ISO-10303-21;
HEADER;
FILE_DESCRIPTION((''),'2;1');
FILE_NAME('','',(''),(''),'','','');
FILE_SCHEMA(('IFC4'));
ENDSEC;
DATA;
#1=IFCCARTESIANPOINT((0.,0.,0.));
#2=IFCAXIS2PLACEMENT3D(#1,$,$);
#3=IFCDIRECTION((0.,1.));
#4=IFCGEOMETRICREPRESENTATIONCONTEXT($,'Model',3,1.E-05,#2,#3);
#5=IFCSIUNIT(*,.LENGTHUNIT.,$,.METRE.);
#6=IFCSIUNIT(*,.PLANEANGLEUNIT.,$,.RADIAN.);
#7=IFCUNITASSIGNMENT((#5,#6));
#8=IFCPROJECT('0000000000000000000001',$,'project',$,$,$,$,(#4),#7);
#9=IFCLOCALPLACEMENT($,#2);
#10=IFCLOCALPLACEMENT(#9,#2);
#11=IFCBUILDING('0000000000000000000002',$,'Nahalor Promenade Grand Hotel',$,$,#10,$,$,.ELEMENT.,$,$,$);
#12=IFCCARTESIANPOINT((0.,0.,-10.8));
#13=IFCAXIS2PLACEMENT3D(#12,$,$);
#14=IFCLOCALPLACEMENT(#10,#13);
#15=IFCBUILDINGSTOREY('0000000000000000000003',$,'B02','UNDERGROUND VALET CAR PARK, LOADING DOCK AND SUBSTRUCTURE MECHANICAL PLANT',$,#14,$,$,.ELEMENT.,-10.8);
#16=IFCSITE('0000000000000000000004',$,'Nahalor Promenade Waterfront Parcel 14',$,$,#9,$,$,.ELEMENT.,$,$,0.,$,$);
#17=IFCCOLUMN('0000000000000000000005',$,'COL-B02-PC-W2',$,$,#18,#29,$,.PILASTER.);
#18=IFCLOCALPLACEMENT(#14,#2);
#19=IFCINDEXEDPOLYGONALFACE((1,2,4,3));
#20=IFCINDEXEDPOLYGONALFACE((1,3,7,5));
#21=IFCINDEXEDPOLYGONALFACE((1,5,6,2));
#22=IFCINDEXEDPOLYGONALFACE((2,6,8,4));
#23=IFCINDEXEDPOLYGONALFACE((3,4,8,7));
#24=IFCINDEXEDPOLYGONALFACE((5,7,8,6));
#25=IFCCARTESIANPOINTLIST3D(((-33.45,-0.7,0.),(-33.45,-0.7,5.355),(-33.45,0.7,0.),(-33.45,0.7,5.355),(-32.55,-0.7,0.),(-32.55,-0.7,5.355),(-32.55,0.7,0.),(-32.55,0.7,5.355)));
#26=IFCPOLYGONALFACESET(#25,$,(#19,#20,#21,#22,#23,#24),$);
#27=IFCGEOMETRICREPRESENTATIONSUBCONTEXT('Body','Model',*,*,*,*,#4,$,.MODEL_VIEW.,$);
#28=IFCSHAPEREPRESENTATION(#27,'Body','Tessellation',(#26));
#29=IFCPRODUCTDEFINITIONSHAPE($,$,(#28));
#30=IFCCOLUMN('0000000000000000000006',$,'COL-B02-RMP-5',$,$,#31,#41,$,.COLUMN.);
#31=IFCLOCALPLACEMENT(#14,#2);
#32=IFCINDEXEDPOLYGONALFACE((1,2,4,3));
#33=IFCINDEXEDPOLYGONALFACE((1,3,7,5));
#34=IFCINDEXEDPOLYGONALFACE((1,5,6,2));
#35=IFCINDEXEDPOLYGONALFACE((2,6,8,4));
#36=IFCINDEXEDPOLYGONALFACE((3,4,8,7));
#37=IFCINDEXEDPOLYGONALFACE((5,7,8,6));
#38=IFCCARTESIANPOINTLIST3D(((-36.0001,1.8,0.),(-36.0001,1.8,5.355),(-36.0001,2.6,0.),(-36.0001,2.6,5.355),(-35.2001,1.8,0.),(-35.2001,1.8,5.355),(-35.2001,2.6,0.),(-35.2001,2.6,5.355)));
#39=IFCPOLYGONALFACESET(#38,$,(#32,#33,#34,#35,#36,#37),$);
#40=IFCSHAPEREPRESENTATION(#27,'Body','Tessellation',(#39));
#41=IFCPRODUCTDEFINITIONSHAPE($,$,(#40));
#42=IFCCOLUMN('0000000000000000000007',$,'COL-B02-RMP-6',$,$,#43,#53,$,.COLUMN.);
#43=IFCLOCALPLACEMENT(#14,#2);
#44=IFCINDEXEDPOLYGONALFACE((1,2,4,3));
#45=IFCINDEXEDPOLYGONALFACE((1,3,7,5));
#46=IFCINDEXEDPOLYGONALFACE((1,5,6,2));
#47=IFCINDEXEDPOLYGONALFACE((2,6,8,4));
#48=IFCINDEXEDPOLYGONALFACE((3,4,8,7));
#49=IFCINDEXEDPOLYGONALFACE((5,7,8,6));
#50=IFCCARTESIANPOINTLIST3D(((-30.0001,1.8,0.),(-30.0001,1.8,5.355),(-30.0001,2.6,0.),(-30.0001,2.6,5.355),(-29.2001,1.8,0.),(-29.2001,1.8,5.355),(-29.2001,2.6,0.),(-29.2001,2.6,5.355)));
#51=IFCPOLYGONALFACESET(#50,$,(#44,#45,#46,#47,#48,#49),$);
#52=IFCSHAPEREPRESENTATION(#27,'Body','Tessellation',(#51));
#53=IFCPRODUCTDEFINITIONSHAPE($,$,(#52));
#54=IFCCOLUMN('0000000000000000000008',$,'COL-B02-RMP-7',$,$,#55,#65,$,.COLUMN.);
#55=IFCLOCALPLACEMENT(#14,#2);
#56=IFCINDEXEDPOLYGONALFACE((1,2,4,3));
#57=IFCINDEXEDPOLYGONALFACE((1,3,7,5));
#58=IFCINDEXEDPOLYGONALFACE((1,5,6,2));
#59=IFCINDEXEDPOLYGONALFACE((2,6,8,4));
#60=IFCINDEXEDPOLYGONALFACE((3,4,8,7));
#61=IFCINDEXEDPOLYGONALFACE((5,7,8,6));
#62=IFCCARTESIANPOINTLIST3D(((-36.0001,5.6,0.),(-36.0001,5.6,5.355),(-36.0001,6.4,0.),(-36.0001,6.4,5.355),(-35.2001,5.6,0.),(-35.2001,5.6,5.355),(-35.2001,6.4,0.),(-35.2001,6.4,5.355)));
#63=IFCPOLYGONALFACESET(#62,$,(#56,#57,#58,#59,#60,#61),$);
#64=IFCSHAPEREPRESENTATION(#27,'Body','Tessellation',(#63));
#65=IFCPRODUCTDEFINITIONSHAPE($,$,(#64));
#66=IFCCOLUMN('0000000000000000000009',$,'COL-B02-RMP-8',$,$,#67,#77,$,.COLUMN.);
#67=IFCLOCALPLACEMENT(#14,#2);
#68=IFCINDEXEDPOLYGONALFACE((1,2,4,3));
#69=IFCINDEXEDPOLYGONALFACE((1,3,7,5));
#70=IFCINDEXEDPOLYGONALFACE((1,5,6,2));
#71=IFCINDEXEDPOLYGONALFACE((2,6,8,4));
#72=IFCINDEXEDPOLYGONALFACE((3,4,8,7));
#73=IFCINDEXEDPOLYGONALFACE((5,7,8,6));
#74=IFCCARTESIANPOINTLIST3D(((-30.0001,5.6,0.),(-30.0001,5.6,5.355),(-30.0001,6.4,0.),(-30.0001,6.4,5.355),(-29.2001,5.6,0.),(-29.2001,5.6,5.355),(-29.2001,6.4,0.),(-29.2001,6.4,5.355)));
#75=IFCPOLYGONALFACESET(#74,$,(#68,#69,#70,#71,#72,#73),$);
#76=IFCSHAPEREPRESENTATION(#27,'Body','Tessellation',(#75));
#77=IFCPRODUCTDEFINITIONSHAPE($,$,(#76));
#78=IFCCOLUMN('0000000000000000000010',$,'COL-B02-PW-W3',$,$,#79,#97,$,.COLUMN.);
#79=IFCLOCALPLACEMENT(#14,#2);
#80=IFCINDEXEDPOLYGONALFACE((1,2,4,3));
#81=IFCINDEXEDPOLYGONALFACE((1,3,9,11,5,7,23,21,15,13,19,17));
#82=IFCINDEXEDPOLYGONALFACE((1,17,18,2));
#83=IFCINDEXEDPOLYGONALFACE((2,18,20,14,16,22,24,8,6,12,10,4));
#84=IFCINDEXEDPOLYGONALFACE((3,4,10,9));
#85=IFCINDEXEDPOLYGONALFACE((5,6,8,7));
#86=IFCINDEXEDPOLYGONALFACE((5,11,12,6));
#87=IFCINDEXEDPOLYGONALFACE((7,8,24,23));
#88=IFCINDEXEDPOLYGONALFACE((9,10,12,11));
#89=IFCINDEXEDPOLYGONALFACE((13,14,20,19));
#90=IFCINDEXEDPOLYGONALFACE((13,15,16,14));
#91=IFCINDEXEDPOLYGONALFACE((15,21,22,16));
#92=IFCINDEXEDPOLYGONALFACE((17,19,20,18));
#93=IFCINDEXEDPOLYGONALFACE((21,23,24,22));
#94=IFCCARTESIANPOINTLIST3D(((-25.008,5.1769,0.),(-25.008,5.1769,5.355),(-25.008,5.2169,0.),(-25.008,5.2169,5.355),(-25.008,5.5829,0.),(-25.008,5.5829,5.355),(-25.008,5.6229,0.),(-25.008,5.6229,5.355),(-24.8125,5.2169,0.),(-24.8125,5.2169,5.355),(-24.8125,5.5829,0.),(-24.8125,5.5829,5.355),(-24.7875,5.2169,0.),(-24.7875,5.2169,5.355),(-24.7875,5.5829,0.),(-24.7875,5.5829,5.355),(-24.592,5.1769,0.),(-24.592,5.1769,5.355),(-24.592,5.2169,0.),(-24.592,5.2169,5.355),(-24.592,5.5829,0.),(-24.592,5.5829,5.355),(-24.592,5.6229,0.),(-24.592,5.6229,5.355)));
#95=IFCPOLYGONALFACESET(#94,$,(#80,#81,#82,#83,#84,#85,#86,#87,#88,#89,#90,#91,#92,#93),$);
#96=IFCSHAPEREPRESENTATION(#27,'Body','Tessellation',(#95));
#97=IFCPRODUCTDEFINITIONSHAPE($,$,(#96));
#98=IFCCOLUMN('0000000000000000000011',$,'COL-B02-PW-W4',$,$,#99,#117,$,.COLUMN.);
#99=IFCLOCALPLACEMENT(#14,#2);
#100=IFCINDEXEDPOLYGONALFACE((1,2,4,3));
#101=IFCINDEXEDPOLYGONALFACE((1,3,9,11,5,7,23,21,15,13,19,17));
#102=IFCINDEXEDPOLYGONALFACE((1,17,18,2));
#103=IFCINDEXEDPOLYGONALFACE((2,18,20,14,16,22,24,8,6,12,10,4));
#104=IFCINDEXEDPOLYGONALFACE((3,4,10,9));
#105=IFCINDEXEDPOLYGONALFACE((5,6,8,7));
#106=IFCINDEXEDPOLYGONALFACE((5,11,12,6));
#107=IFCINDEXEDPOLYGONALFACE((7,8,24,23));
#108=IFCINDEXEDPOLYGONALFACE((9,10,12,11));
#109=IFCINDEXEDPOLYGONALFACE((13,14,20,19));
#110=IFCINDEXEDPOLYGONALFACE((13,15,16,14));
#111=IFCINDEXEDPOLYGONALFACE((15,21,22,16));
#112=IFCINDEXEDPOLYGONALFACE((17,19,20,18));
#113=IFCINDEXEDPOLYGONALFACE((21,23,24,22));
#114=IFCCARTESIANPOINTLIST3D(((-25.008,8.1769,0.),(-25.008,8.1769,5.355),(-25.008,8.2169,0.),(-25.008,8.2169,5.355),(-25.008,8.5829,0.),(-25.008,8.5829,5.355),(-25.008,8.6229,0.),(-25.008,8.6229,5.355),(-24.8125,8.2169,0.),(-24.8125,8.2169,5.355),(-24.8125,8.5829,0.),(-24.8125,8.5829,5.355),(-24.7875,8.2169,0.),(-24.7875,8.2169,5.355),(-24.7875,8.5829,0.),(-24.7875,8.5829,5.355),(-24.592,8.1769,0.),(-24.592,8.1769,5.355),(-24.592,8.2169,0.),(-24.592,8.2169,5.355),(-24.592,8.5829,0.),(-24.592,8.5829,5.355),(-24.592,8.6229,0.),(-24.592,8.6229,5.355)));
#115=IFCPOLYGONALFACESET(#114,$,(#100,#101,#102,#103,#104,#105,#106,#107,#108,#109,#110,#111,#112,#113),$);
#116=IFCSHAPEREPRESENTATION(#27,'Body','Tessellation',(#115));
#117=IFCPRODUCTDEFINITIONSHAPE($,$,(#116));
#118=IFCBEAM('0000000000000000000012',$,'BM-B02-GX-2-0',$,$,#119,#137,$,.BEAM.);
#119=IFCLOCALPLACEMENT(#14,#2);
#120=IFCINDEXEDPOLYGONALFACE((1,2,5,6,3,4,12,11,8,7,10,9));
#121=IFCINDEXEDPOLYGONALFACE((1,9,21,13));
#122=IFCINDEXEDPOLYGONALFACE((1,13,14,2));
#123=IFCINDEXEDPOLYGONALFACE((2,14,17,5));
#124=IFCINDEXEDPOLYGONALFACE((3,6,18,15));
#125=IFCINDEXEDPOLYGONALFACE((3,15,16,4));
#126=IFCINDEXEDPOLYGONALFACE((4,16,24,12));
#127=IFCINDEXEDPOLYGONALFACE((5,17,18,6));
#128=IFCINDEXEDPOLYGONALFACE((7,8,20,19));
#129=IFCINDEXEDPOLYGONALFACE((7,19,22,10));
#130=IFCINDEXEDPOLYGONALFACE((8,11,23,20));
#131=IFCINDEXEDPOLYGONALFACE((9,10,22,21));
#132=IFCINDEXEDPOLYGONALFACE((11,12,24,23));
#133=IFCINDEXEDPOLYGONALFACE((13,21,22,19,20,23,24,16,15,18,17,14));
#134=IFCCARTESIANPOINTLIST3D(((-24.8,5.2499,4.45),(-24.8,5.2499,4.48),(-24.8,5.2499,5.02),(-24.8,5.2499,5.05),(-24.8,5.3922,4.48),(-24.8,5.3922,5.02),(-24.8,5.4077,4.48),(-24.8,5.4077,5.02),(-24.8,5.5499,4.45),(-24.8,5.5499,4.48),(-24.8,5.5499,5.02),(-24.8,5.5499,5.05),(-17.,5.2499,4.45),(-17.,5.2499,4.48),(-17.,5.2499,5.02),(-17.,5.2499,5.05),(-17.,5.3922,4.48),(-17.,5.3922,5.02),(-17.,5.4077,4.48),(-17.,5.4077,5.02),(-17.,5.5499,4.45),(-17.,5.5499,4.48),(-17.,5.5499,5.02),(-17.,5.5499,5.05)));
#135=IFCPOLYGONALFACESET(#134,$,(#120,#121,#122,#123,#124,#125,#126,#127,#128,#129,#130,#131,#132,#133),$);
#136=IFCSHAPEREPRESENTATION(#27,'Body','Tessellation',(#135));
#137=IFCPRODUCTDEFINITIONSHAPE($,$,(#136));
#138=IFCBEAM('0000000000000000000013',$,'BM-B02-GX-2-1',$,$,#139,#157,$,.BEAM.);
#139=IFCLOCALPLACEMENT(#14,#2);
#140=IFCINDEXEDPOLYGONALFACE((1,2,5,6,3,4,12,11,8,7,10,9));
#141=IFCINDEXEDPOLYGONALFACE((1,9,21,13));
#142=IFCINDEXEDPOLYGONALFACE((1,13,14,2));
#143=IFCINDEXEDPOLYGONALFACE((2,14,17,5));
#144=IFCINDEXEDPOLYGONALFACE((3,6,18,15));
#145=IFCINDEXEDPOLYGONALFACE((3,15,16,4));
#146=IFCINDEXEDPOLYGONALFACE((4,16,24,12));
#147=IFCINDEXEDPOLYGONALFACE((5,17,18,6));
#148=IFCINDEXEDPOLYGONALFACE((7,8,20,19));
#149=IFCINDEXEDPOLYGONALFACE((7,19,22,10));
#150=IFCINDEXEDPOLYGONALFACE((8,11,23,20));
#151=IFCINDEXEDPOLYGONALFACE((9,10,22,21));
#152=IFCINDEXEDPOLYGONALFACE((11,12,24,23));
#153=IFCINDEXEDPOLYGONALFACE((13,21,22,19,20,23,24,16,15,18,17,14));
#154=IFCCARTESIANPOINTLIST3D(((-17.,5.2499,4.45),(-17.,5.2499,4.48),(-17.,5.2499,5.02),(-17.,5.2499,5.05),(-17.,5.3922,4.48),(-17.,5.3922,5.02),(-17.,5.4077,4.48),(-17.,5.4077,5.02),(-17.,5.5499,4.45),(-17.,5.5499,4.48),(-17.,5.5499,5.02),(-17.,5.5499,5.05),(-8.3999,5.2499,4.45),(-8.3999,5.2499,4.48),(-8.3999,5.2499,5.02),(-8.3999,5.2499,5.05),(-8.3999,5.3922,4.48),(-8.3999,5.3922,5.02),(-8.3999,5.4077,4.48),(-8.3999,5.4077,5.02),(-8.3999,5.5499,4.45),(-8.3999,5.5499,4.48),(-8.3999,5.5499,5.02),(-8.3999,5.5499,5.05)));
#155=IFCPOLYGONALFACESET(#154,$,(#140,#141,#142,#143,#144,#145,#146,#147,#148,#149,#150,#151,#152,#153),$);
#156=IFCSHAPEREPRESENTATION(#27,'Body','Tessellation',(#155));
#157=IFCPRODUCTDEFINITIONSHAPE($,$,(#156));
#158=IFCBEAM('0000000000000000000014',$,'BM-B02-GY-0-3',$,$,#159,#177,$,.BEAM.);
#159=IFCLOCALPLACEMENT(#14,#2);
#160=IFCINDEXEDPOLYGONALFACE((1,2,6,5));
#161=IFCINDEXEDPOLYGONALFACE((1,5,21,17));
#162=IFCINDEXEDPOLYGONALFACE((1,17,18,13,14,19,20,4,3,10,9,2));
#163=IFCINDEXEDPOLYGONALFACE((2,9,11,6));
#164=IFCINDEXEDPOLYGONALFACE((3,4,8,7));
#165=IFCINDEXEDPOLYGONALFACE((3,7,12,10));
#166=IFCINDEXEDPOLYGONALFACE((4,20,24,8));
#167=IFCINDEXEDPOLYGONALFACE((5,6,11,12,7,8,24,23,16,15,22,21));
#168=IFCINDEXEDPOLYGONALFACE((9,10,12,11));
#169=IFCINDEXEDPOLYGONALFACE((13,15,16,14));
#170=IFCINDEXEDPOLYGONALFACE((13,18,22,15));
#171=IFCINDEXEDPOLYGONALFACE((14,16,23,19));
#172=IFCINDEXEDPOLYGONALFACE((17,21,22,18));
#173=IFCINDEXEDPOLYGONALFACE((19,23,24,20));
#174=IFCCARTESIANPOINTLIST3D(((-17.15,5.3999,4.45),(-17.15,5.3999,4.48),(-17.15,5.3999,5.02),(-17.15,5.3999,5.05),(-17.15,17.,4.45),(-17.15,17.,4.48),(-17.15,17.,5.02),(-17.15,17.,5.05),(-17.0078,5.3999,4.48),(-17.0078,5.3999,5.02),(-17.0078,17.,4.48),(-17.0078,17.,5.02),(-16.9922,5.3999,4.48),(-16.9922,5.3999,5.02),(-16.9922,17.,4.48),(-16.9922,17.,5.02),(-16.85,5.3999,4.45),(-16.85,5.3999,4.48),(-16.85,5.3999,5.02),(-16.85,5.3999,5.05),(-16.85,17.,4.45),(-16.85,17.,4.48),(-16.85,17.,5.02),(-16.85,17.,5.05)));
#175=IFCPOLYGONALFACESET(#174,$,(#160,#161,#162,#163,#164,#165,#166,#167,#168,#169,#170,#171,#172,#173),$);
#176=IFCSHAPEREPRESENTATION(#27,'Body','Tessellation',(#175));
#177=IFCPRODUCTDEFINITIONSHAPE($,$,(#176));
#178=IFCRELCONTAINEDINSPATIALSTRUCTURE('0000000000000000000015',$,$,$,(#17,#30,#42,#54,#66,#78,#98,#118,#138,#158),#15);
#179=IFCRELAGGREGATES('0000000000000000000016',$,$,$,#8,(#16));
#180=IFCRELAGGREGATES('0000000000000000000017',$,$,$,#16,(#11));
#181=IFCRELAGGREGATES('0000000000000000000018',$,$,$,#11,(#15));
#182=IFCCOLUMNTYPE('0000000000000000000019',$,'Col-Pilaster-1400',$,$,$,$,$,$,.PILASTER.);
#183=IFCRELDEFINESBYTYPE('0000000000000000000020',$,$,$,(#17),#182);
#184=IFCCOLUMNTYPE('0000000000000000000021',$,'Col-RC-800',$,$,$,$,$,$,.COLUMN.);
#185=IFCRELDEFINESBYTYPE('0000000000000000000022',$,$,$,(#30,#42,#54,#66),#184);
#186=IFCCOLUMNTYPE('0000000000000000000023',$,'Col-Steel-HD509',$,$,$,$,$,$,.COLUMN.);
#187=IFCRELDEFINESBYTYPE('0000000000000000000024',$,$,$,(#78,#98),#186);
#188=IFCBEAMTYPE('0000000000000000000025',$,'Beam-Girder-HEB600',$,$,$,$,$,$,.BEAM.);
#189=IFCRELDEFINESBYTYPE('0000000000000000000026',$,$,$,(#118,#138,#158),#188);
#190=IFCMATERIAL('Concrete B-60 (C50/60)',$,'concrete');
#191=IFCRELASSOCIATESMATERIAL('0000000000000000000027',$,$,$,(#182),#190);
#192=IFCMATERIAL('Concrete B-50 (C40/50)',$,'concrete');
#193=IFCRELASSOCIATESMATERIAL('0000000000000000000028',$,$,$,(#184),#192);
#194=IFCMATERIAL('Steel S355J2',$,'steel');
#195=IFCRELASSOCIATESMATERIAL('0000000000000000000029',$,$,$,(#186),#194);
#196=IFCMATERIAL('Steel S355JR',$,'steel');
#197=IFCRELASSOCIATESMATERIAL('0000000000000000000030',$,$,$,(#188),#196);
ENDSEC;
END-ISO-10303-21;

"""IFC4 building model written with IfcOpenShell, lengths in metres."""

from ifc_helpers import new_model, si_unit, direction, frame, origin, origin_2d, place, context, subcontext, project, spatial, rectangle, i_section, extrude, source, transform, mapped, material, material_profile, profile_set, type_object, element, save


model = new_model("IFC4")

# Units and contexts
model_context = context("Model", 3, precision=1e-05, world=origin(), true_north=direction((0.0, 1.0)))
body_context = subcontext(model_context, "Body", "Model", "MODEL_VIEW")
ifc_project = project(units=[si_unit("LENGTHUNIT", "METRE"), si_unit("PLANEANGLEUNIT", "RADIAN")], contexts=[model_context])

# Site, building, storey
site_placement = place(None, origin())
site = spatial("IfcSite", under=ifc_project, at=site_placement, Name="Nahalor Promenade Waterfront Parcel 14", CompositionType="ELEMENT", RefElevation=0.0)
building_placement = place(site_placement, origin())
building = spatial("IfcBuilding", under=site, at=building_placement, Name="Nahalor Promenade Grand Hotel", CompositionType="ELEMENT")
storey_placement = place(building_placement, frame((0.0, 0.0, -10.8)))
storey = spatial("IfcBuildingStorey", under=building, at=storey_placement, Name="B02", Description="UNDERGROUND VALET CAR PARK, LOADING DOCK AND SUBSTRUCTURE MECHANICAL PLANT", CompositionType="ELEMENT", Elevation=-10.8)

# Shared definitions
ifc_material_1 = material(Name="Concrete B-50 (C40/50)", Category="concrete")

# Columns
ifc_material_2 = material(Name="Concrete B-60 (C50/60)", Category="concrete")
ifc_material_profile_1 = material_profile(ifc_material_2, rectangle(XDim=0.9, YDim=1.4, at=origin_2d()), Name="RC 900x1400")
ifc_profile_set_1 = profile_set([ifc_material_profile_1], Name="Concrete B-60 (C50/60)")
column_type_1 = type_object("IfcColumnType", Name="Col-Pilaster-1400", PredefinedType="PILASTER", material=ifc_profile_set_1)
shared_shape_1 = source(origin(), body_context, "Body", "SweptSolid", [
    extrude(rectangle(XDim=0.9, YDim=1.4, at=origin_2d()), origin(), (0.0, 0.0, 1.0), 5.355),
])
column_1_placement = place(storey_placement, frame((-33.0, 0.0, 0.0), z_axis=(0.0, 0.0, 1.0), x_axis=(1.0, 0.0, 0.0)))
element("IfcColumn", 1, at=column_1_placement, inside=storey, type_object=column_type_1, Name="COL-B02-PC-W2", PredefinedType="PILASTER", context=body_context, shape_type="MappedRepresentation", body=[
    mapped(shared_shape_1, transform((0.0, 0.0, 0.0), scale=1.0)),
])
ifc_material_profile_2 = material_profile(ifc_material_1, rectangle(XDim=0.8, YDim=0.8, at=origin_2d()), Name="RC 800x800")
ifc_profile_set_2 = profile_set([ifc_material_profile_2], Name="Concrete B-50 (C40/50)")
column_type_2 = type_object("IfcColumnType", Name="Col-RC-800", PredefinedType="COLUMN", material=ifc_profile_set_2)
shared_shape_2 = source(origin(), body_context, "Body", "SweptSolid", [
    extrude(rectangle(XDim=0.8, YDim=0.8, at=origin_2d()), origin(), (0.0, 0.0, 1.0), 5.355),
])
for number, where, z_axis, x_axis, name in (
    (2, (-35.6001, 2.2, 0.0), (0.0, 0.0, 1.0), (1.0, 0.0, 0.0), "COL-B02-RMP-5"),
    (3, (-29.6001, 2.2, 0.0), (0.0, 0.0, 1.0), (1.0, 0.0, 0.0), "COL-B02-RMP-6"),
    (4, (-35.6001, 6.0, 0.0), (0.0, 0.0, 1.0), (1.0, 0.0, 0.0), "COL-B02-RMP-7"),
    (5, (-29.6001, 6.0, 0.0), (0.0, 0.0, 1.0), (1.0, 0.0, 0.0), "COL-B02-RMP-8"),
):
    element("IfcColumn", number, at=place(storey_placement, frame(where, z_axis=z_axis, x_axis=x_axis)), inside=storey, type_object=column_type_2, Name=name, PredefinedType="COLUMN", context=body_context, shape_type="MappedRepresentation", body=[
        mapped(shared_shape_2, transform((0.0, 0.0, 0.0), scale=1.0)),
    ])
ifc_material_3 = material(Name="Steel S355J2", Category="steel")
ifc_material_profile_3 = material_profile(ifc_material_3, i_section(OverallWidth=0.416, OverallDepth=0.446, WebThickness=0.025, FlangeThickness=0.04, at=origin_2d()), Name="HD 400x509")
ifc_profile_set_3 = profile_set([ifc_material_profile_3], Name="Steel S355J2")
column_type_3 = type_object("IfcColumnType", Name="Col-Steel-HD509", PredefinedType="COLUMN", material=ifc_profile_set_3)
shared_shape_3 = source(origin(), body_context, "Body", "SweptSolid", [
    extrude(i_section(OverallWidth=0.416, OverallDepth=0.446, WebThickness=0.025, FlangeThickness=0.04, at=origin_2d()), origin(), (0.0, 0.0, 1.0), 5.355),
])
for number, where, z_axis, x_axis, name in (
    (6, (-24.8, 5.3999, 0.0), (0.0, 0.0, 1.0), (1.0, 0.0, 0.0), "COL-B02-PW-W3"),
    (7, (-24.8, 8.3999, 0.0), (0.0, 0.0, 1.0), (1.0, 0.0, 0.0), "COL-B02-PW-W4"),
):
    element("IfcColumn", number, at=place(storey_placement, frame(where, z_axis=z_axis, x_axis=x_axis)), inside=storey, type_object=column_type_3, Name=name, PredefinedType="COLUMN", context=body_context, shape_type="MappedRepresentation", body=[
        mapped(shared_shape_3, transform((0.0, 0.0, 0.0), scale=1.0)),
    ])

# Beams
ifc_material_4 = material(Name="Steel S355JR", Category="steel")
ifc_material_profile_4 = material_profile(ifc_material_4, i_section(OverallWidth=0.3, OverallDepth=0.6, WebThickness=0.0155, FlangeThickness=0.03, at=origin_2d()), Name="HEB 600")
ifc_profile_set_4 = profile_set([ifc_material_profile_4], Name="Steel S355JR")
beam_type_1 = type_object("IfcBeamType", Name="Beam-Girder-HEB600", PredefinedType="BEAM", material=ifc_profile_set_4)
shared_shape_4 = source(origin(), body_context, "Body", "SweptSolid", [
    extrude(i_section(OverallWidth=0.3, OverallDepth=0.6, WebThickness=0.0155, FlangeThickness=0.03, at=origin_2d()), origin(), (0.0, 0.0, 1.0), 7.8),
])
beam_1_placement = place(storey_placement, frame((-24.8, 5.3999, 4.75), z_axis=(1.0, 0.0, 0.0), x_axis=(0.0, 1.0, 0.0)))
element("IfcBeam", 8, at=beam_1_placement, inside=storey, type_object=beam_type_1, Name="BM-B02-GX-2-0", PredefinedType="BEAM", context=body_context, shape_type="MappedRepresentation", body=[
    mapped(shared_shape_4, transform((0.0, 0.0, 0.0), scale=1.0)),
])
shared_shape_5 = source(origin(), body_context, "Body", "SweptSolid", [
    extrude(i_section(OverallWidth=0.3, OverallDepth=0.6, WebThickness=0.0155, FlangeThickness=0.03, at=origin_2d()), origin(), (0.0, 0.0, 1.0), 8.6001),
])
beam_2_placement = place(storey_placement, frame((-17.0, 5.3999, 4.75), z_axis=(1.0, 0.0, 0.0), x_axis=(0.0, 1.0, 0.0)))
element("IfcBeam", 9, at=beam_2_placement, inside=storey, type_object=beam_type_1, Name="BM-B02-GX-2-1", PredefinedType="BEAM", context=body_context, shape_type="MappedRepresentation", body=[
    mapped(shared_shape_5, transform((0.0, 0.0, 0.0), scale=1.0)),
])
shared_shape_6 = source(origin(), body_context, "Body", "SweptSolid", [
    extrude(i_section(OverallWidth=0.3, OverallDepth=0.6, WebThickness=0.0155, FlangeThickness=0.03, at=origin_2d()), origin(), (0.0, 0.0, 1.0), 11.6001),
])
beam_3_placement = place(storey_placement, frame((-17.0, 5.3999, 4.75), z_axis=(0.0, 1.0, 0.0), x_axis=(-1.0, 0.0, 0.0)))
element("IfcBeam", 10, at=beam_3_placement, inside=storey, type_object=beam_type_1, Name="BM-B02-GY-0-3", PredefinedType="BEAM", context=body_context, shape_type="MappedRepresentation", body=[
    mapped(shared_shape_6, transform((0.0, 0.0, 0.0), scale=1.0)),
])

save(model, "model.ifc")
